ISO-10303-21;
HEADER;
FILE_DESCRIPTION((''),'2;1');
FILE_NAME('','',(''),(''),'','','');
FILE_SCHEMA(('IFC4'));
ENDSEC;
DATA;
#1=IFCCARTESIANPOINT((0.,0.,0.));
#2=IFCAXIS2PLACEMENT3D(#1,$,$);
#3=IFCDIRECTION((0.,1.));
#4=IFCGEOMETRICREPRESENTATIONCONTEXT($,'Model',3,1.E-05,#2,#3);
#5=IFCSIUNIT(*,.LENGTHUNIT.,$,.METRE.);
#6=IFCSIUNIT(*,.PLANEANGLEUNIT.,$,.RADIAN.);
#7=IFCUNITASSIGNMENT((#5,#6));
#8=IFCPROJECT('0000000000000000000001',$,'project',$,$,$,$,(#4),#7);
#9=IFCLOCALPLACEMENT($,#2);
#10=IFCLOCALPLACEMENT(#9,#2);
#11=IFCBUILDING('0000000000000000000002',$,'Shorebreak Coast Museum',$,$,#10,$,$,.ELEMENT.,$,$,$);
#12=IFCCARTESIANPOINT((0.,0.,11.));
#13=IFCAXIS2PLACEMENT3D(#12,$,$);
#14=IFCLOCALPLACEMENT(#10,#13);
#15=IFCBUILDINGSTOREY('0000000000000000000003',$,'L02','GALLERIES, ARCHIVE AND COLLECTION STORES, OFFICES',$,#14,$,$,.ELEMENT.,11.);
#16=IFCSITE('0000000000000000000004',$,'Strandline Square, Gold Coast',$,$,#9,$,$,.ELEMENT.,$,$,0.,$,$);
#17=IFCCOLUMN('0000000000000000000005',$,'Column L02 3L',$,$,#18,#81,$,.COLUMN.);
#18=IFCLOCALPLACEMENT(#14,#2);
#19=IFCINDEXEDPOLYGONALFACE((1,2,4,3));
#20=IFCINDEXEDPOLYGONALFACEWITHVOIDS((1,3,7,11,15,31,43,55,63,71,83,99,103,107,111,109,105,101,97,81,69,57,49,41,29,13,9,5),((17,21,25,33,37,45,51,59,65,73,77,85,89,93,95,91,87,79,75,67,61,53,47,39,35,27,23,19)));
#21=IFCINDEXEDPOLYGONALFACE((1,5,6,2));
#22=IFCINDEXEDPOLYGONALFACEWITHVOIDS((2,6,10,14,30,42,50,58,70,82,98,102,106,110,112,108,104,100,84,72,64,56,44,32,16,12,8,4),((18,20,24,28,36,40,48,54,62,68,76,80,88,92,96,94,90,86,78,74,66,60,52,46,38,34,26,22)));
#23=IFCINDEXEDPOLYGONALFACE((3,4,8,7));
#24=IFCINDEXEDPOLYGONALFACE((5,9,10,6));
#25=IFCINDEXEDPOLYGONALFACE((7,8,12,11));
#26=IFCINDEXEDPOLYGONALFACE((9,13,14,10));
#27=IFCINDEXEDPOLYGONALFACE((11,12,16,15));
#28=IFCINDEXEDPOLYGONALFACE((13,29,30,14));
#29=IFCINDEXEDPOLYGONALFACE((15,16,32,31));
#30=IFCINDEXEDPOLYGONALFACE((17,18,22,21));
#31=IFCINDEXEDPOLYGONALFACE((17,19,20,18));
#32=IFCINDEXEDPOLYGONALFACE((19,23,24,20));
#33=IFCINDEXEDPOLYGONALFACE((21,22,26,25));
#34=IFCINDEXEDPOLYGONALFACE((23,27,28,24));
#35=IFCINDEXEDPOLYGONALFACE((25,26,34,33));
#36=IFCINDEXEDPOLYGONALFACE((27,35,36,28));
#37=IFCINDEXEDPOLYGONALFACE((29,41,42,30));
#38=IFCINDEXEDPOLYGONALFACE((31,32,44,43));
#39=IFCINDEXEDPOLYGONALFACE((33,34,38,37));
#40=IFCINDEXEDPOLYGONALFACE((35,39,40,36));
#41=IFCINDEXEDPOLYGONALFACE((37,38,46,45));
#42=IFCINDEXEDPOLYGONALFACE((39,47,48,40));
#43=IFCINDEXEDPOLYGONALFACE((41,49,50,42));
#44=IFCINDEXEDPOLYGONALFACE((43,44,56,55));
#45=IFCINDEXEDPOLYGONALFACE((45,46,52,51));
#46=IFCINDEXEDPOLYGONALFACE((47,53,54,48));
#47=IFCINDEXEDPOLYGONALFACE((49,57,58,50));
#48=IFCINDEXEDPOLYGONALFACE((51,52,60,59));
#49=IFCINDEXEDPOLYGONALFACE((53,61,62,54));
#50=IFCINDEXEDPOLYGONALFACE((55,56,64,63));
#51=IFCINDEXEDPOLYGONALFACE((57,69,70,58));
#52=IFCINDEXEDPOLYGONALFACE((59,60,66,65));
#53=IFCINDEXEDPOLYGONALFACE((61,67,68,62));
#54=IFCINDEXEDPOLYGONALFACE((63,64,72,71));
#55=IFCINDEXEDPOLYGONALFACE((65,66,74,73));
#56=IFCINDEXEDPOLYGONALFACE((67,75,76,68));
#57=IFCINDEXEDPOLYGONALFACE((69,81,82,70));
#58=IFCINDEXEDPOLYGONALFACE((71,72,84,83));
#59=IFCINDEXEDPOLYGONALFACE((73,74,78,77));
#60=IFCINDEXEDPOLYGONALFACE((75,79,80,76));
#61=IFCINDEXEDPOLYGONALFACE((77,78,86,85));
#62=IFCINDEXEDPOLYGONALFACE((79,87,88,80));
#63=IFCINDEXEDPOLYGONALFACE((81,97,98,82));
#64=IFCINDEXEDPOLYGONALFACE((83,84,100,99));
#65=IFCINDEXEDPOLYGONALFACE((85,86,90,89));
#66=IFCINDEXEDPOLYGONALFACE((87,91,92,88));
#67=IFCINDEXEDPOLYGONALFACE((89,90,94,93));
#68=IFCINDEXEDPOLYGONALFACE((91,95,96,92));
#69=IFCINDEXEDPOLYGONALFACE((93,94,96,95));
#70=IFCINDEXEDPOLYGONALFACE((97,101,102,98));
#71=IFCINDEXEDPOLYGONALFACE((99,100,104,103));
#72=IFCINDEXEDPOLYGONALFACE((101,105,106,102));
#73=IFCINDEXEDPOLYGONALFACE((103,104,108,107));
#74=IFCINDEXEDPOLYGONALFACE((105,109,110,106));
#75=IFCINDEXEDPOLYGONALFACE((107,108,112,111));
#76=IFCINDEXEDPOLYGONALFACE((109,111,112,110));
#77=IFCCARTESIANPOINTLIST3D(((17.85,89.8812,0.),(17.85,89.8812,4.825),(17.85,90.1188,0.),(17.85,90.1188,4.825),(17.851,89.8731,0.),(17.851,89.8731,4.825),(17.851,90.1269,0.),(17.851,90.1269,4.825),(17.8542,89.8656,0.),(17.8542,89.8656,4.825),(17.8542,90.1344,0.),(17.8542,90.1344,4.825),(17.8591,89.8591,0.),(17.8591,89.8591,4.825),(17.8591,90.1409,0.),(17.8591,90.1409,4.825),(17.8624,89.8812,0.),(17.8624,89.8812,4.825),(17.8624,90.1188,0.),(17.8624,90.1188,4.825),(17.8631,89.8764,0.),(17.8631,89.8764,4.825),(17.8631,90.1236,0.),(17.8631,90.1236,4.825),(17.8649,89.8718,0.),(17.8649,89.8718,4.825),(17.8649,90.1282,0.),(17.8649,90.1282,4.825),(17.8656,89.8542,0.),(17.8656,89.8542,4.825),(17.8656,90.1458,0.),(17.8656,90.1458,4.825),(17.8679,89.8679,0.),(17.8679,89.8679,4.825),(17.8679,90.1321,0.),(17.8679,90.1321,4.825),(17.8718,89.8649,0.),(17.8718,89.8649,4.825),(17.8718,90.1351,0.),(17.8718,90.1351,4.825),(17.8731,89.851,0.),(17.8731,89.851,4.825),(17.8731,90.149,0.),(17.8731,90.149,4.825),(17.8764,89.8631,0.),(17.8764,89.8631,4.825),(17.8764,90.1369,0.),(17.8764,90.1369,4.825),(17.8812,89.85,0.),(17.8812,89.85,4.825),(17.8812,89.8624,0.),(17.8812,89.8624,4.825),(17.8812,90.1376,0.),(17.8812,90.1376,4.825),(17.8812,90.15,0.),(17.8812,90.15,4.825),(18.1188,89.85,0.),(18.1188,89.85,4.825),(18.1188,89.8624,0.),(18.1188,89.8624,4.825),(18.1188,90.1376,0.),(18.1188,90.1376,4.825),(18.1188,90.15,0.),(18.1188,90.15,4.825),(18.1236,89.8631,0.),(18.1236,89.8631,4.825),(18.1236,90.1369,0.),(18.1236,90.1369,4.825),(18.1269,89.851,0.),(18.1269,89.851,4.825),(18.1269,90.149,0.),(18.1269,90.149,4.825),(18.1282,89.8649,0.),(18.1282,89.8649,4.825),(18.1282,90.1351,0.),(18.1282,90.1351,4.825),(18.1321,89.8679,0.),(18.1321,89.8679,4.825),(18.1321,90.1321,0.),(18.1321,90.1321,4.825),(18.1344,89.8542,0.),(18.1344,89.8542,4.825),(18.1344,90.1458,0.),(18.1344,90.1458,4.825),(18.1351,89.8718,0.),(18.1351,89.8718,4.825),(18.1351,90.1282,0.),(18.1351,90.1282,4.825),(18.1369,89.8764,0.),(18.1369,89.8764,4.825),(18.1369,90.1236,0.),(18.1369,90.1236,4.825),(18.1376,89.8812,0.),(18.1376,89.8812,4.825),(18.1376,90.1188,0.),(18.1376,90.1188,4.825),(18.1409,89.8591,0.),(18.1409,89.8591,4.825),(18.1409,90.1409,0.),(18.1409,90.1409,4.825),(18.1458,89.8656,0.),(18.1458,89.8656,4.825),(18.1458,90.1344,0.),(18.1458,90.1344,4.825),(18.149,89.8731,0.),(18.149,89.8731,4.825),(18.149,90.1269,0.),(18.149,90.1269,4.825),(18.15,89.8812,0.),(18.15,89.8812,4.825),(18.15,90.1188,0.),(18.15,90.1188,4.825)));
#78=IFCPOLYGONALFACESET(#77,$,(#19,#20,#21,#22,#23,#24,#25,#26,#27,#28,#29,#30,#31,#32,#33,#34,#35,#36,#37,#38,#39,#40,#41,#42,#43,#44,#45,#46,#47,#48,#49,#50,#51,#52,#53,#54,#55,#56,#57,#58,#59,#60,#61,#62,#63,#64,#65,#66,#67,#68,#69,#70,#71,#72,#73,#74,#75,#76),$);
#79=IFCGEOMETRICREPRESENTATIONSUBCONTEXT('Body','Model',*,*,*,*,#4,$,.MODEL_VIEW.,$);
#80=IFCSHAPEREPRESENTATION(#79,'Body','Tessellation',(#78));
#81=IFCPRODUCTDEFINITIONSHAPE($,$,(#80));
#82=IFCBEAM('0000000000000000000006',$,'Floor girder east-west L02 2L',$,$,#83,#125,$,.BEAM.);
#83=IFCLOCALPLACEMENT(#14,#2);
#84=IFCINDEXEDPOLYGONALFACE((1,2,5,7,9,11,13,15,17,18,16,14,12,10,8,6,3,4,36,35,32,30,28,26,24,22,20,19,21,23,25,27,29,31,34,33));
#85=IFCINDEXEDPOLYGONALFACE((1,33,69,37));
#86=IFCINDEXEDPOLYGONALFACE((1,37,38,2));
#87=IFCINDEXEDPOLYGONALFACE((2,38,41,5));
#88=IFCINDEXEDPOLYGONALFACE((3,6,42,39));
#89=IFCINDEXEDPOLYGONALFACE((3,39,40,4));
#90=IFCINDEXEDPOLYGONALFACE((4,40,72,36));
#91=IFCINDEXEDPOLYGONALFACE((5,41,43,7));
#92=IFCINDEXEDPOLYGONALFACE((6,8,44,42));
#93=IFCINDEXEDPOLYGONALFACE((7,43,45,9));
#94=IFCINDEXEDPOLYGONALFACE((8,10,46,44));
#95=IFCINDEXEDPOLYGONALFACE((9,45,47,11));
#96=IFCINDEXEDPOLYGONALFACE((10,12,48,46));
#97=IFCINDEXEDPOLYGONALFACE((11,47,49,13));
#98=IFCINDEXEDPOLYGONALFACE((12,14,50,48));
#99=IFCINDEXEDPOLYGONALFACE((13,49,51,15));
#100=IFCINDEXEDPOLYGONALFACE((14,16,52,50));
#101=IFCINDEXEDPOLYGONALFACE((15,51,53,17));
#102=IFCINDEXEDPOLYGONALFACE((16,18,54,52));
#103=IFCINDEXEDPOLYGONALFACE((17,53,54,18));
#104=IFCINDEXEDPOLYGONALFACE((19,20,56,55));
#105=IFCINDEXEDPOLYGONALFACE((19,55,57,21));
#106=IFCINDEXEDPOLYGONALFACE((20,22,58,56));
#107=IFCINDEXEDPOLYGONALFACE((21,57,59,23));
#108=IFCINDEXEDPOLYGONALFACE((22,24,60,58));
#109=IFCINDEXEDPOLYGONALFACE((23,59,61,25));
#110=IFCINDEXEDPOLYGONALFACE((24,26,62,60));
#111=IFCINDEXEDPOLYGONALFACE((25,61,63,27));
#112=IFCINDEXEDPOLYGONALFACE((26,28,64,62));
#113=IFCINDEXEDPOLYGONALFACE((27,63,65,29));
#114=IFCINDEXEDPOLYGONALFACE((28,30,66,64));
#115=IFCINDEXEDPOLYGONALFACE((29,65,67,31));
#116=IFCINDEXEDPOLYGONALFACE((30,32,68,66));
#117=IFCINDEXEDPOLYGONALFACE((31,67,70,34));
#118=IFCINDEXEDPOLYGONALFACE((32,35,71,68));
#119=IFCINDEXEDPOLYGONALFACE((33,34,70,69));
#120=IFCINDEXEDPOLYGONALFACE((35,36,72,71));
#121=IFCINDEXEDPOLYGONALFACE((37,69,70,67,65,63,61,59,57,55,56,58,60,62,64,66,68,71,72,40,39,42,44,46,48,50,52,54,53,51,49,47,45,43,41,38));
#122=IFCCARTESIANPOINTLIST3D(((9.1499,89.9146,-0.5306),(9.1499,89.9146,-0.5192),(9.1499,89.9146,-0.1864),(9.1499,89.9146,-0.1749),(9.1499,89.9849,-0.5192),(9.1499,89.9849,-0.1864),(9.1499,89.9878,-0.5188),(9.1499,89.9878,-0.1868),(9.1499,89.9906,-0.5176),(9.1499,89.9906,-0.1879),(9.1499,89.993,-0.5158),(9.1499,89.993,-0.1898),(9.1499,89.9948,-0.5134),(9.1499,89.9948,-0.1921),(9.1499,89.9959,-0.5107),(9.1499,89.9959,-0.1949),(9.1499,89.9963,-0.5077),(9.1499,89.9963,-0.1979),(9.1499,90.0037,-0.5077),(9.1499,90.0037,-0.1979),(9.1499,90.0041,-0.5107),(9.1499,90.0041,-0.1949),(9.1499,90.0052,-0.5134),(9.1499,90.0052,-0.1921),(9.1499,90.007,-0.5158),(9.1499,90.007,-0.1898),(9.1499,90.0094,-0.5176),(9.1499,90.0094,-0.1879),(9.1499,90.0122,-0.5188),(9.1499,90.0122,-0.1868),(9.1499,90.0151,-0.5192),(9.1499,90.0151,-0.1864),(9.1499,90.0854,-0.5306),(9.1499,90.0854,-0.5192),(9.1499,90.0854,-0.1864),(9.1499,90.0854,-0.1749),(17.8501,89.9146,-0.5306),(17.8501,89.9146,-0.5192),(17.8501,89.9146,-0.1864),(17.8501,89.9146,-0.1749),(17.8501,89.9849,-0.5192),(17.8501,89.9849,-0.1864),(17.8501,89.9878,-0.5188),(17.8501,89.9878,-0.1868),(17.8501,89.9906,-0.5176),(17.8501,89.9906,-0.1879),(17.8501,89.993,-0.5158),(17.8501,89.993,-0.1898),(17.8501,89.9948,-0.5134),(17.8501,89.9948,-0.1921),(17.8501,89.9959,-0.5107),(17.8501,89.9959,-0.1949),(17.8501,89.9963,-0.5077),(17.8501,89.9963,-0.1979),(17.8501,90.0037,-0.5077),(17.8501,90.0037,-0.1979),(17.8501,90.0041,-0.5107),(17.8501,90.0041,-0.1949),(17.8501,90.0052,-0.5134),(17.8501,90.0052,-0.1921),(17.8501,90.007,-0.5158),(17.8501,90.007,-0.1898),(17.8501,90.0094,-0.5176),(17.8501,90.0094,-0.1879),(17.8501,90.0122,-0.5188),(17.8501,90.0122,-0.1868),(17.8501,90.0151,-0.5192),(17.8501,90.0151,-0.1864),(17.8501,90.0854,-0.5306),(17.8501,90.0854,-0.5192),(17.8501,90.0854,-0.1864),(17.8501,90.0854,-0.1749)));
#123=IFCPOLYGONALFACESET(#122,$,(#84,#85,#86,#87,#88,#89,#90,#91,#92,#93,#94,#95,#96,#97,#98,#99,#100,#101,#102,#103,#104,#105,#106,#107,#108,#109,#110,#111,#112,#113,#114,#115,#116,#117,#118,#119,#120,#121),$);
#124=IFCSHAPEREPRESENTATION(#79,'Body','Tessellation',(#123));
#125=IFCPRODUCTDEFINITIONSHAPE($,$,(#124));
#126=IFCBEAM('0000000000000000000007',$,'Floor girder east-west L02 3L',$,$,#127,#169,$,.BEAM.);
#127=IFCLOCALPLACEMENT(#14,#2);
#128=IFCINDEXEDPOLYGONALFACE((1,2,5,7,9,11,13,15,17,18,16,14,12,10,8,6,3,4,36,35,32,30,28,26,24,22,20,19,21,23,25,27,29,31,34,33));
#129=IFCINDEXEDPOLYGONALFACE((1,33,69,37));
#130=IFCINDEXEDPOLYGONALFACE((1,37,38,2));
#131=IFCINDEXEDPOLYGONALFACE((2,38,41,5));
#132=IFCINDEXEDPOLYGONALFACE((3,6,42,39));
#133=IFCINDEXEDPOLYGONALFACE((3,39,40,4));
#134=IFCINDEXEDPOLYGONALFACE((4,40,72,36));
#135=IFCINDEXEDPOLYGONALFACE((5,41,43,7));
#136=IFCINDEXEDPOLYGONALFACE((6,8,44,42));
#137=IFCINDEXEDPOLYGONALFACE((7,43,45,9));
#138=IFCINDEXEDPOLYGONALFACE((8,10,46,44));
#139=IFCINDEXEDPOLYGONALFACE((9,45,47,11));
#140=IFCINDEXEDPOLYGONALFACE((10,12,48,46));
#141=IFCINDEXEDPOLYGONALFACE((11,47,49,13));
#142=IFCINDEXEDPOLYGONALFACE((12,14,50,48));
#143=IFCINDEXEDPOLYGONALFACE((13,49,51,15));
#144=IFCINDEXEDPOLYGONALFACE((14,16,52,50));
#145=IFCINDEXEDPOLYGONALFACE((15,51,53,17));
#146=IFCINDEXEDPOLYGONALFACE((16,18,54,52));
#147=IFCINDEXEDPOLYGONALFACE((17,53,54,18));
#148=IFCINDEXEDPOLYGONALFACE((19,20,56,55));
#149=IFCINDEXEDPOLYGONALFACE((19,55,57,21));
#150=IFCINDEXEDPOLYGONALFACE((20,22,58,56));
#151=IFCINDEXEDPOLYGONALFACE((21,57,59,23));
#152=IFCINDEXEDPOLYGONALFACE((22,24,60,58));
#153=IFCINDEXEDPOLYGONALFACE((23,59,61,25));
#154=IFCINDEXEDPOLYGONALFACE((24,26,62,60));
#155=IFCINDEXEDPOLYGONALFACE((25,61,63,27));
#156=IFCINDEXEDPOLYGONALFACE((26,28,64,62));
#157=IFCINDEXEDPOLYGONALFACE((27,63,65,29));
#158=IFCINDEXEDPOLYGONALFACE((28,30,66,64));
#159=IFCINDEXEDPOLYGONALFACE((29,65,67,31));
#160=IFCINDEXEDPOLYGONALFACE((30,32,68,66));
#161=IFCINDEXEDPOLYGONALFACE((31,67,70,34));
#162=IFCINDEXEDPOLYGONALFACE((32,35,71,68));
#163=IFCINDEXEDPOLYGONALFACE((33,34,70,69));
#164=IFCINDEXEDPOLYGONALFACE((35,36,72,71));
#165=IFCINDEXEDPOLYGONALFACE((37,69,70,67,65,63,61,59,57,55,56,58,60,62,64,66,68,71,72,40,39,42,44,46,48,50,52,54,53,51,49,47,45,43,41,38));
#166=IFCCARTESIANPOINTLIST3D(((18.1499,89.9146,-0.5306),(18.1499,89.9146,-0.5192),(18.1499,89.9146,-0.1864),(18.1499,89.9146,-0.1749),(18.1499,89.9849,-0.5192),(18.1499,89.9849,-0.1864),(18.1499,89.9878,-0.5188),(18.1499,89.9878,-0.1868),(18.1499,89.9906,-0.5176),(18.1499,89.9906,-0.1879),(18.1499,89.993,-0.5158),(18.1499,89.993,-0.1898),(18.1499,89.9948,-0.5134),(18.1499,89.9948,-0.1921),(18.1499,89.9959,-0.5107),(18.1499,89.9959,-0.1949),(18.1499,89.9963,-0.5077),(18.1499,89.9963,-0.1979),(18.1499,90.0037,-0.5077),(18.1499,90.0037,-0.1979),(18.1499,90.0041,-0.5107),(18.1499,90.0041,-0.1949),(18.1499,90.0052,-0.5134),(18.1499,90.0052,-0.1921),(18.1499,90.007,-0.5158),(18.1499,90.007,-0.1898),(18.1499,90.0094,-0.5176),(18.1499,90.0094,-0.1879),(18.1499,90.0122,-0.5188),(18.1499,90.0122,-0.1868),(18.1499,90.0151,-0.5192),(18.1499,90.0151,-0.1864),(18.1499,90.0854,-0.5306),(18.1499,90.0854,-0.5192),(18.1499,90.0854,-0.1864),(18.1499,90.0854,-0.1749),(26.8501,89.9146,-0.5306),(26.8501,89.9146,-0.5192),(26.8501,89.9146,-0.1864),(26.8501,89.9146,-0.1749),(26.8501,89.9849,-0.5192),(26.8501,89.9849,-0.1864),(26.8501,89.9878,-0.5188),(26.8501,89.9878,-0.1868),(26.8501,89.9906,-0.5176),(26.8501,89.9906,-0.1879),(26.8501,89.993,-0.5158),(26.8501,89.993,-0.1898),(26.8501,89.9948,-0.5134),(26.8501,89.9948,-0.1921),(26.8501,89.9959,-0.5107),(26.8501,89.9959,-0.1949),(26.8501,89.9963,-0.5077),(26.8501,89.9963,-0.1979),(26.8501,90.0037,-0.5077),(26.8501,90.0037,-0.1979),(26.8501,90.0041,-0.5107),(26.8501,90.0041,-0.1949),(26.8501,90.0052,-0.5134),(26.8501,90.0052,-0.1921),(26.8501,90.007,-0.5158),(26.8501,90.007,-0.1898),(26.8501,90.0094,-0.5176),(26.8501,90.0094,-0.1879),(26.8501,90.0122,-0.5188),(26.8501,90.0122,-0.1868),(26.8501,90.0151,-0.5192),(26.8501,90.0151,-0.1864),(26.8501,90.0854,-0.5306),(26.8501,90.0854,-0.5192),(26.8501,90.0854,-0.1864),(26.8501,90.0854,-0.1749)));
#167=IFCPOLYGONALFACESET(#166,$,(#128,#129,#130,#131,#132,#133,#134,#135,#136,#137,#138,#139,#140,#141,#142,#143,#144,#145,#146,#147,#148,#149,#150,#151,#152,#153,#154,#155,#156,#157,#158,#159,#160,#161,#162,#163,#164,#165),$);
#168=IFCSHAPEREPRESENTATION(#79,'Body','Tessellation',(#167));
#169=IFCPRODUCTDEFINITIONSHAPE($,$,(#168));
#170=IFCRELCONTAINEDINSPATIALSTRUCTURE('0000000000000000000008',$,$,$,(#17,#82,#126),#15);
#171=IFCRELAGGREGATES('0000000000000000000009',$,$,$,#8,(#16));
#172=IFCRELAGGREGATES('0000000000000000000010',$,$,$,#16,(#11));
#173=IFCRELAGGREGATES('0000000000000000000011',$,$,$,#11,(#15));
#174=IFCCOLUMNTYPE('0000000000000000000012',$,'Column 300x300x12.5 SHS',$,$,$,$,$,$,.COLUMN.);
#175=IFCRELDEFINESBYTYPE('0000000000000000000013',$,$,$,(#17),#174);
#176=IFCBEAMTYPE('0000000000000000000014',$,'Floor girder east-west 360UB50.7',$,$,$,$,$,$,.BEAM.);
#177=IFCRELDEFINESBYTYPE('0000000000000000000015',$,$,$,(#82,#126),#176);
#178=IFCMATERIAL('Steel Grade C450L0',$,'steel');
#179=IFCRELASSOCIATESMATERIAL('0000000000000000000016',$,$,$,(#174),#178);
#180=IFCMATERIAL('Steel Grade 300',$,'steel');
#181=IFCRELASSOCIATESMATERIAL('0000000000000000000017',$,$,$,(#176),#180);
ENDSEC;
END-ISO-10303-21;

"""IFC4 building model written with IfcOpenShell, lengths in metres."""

from ifc_helpers import new_model, si_unit, direction, frame, origin, origin_2d, place, context, subcontext, project, spatial, hollow_rectangle, i_section, extrude, material, material_profile, profile_set, type_object, element, save


model = new_model("IFC4")

# Units and contexts
model_context = context("Model", 3, precision=1e-05, world=origin(), true_north=direction((0.0, 1.0)))
body_context = subcontext(model_context, "Body", "Model", "MODEL_VIEW")
ifc_project = project(units=[si_unit("LENGTHUNIT", "METRE"), si_unit("PLANEANGLEUNIT", "RADIAN")], contexts=[model_context])

# Site, building, storey
site_placement = place(None, origin())
site = spatial("IfcSite", under=ifc_project, at=site_placement, Name="Strandline Square, Gold Coast", CompositionType="ELEMENT", RefElevation=0.0)
building_placement = place(site_placement, origin())
building = spatial("IfcBuilding", under=site, at=building_placement, Name="Shorebreak Coast Museum", CompositionType="ELEMENT")
storey_placement = place(building_placement, frame((0.0, 0.0, 11.0)))
storey = spatial("IfcBuildingStorey", under=building, at=storey_placement, Name="L02", Description="GALLERIES, ARCHIVE AND COLLECTION STORES, OFFICES", CompositionType="ELEMENT", Elevation=11.0)

# Column
ifc_material_1 = material(Name="Steel Grade C450L0", Category="steel")
ifc_material_profile_1 = material_profile(ifc_material_1, hollow_rectangle(XDim=0.3, YDim=0.3, WallThickness=0.0125, InnerFilletRadius=0.0188, OuterFilletRadius=0.0312, at=origin_2d()), Name="300x300x12.5 SHS")
ifc_profile_set_1 = profile_set([ifc_material_profile_1], Name="Steel Grade C450L0")
column_type = type_object("IfcColumnType", Name="Column 300x300x12.5 SHS", PredefinedType="COLUMN", material=ifc_profile_set_1)
column_placement = place(storey_placement, frame((18.0, 90.0, 0.0), z_axis=(0.0, 0.0, 1.0), x_axis=(1.0, 0.0, 0.0)))
element("IfcColumn", 1, at=column_placement, inside=storey, type_object=column_type, Name="Column L02 3L", PredefinedType="COLUMN", context=body_context, shape_type="SweptSolid", body=[
    extrude(hollow_rectangle(XDim=0.3, YDim=0.3, WallThickness=0.0125, InnerFilletRadius=0.0188, OuterFilletRadius=0.0312, at=origin_2d()), origin(), (0.0, 0.0, 1.0), 4.825),
])

# Beams
ifc_material_2 = material(Name="Steel Grade 300", Category="steel")
ifc_material_profile_2 = material_profile(ifc_material_2, i_section(OverallWidth=0.1709, OverallDepth=0.3557, WebThickness=0.0073, FlangeThickness=0.0115, FilletRadius=0.0115, at=origin_2d()), Name="360UB50.7")
ifc_profile_set_2 = profile_set([ifc_material_profile_2], Name="Steel Grade 300")
beam_type_1 = type_object("IfcBeamType", Name="Floor girder east-west 360UB50.7", PredefinedType="BEAM", material=ifc_profile_set_2)
for number, where, z_axis, x_axis, name in (
    (2, (9.1499, 90.0, -0.3528), (1.0, 0.0, 0.0), (0.0, 1.0, 0.0), "Floor girder east-west L02 2L"),
    (3, (18.1499, 90.0, -0.3528), (1.0, 0.0, 0.0), (0.0, 1.0, 0.0), "Floor girder east-west L02 3L"),
):
    element("IfcBeam", number, at=place(storey_placement, frame(where, z_axis=z_axis, x_axis=x_axis)), inside=storey, type_object=beam_type_1, Name=name, PredefinedType="BEAM", context=body_context, shape_type="SweptSolid", body=[
        extrude(i_section(OverallWidth=0.1709, OverallDepth=0.3557, WebThickness=0.0073, FlangeThickness=0.0115, FilletRadius=0.0115, at=origin_2d()), origin(), (0.0, 0.0, 1.0), 8.7002),
    ])

save(model, "model.ifc")
